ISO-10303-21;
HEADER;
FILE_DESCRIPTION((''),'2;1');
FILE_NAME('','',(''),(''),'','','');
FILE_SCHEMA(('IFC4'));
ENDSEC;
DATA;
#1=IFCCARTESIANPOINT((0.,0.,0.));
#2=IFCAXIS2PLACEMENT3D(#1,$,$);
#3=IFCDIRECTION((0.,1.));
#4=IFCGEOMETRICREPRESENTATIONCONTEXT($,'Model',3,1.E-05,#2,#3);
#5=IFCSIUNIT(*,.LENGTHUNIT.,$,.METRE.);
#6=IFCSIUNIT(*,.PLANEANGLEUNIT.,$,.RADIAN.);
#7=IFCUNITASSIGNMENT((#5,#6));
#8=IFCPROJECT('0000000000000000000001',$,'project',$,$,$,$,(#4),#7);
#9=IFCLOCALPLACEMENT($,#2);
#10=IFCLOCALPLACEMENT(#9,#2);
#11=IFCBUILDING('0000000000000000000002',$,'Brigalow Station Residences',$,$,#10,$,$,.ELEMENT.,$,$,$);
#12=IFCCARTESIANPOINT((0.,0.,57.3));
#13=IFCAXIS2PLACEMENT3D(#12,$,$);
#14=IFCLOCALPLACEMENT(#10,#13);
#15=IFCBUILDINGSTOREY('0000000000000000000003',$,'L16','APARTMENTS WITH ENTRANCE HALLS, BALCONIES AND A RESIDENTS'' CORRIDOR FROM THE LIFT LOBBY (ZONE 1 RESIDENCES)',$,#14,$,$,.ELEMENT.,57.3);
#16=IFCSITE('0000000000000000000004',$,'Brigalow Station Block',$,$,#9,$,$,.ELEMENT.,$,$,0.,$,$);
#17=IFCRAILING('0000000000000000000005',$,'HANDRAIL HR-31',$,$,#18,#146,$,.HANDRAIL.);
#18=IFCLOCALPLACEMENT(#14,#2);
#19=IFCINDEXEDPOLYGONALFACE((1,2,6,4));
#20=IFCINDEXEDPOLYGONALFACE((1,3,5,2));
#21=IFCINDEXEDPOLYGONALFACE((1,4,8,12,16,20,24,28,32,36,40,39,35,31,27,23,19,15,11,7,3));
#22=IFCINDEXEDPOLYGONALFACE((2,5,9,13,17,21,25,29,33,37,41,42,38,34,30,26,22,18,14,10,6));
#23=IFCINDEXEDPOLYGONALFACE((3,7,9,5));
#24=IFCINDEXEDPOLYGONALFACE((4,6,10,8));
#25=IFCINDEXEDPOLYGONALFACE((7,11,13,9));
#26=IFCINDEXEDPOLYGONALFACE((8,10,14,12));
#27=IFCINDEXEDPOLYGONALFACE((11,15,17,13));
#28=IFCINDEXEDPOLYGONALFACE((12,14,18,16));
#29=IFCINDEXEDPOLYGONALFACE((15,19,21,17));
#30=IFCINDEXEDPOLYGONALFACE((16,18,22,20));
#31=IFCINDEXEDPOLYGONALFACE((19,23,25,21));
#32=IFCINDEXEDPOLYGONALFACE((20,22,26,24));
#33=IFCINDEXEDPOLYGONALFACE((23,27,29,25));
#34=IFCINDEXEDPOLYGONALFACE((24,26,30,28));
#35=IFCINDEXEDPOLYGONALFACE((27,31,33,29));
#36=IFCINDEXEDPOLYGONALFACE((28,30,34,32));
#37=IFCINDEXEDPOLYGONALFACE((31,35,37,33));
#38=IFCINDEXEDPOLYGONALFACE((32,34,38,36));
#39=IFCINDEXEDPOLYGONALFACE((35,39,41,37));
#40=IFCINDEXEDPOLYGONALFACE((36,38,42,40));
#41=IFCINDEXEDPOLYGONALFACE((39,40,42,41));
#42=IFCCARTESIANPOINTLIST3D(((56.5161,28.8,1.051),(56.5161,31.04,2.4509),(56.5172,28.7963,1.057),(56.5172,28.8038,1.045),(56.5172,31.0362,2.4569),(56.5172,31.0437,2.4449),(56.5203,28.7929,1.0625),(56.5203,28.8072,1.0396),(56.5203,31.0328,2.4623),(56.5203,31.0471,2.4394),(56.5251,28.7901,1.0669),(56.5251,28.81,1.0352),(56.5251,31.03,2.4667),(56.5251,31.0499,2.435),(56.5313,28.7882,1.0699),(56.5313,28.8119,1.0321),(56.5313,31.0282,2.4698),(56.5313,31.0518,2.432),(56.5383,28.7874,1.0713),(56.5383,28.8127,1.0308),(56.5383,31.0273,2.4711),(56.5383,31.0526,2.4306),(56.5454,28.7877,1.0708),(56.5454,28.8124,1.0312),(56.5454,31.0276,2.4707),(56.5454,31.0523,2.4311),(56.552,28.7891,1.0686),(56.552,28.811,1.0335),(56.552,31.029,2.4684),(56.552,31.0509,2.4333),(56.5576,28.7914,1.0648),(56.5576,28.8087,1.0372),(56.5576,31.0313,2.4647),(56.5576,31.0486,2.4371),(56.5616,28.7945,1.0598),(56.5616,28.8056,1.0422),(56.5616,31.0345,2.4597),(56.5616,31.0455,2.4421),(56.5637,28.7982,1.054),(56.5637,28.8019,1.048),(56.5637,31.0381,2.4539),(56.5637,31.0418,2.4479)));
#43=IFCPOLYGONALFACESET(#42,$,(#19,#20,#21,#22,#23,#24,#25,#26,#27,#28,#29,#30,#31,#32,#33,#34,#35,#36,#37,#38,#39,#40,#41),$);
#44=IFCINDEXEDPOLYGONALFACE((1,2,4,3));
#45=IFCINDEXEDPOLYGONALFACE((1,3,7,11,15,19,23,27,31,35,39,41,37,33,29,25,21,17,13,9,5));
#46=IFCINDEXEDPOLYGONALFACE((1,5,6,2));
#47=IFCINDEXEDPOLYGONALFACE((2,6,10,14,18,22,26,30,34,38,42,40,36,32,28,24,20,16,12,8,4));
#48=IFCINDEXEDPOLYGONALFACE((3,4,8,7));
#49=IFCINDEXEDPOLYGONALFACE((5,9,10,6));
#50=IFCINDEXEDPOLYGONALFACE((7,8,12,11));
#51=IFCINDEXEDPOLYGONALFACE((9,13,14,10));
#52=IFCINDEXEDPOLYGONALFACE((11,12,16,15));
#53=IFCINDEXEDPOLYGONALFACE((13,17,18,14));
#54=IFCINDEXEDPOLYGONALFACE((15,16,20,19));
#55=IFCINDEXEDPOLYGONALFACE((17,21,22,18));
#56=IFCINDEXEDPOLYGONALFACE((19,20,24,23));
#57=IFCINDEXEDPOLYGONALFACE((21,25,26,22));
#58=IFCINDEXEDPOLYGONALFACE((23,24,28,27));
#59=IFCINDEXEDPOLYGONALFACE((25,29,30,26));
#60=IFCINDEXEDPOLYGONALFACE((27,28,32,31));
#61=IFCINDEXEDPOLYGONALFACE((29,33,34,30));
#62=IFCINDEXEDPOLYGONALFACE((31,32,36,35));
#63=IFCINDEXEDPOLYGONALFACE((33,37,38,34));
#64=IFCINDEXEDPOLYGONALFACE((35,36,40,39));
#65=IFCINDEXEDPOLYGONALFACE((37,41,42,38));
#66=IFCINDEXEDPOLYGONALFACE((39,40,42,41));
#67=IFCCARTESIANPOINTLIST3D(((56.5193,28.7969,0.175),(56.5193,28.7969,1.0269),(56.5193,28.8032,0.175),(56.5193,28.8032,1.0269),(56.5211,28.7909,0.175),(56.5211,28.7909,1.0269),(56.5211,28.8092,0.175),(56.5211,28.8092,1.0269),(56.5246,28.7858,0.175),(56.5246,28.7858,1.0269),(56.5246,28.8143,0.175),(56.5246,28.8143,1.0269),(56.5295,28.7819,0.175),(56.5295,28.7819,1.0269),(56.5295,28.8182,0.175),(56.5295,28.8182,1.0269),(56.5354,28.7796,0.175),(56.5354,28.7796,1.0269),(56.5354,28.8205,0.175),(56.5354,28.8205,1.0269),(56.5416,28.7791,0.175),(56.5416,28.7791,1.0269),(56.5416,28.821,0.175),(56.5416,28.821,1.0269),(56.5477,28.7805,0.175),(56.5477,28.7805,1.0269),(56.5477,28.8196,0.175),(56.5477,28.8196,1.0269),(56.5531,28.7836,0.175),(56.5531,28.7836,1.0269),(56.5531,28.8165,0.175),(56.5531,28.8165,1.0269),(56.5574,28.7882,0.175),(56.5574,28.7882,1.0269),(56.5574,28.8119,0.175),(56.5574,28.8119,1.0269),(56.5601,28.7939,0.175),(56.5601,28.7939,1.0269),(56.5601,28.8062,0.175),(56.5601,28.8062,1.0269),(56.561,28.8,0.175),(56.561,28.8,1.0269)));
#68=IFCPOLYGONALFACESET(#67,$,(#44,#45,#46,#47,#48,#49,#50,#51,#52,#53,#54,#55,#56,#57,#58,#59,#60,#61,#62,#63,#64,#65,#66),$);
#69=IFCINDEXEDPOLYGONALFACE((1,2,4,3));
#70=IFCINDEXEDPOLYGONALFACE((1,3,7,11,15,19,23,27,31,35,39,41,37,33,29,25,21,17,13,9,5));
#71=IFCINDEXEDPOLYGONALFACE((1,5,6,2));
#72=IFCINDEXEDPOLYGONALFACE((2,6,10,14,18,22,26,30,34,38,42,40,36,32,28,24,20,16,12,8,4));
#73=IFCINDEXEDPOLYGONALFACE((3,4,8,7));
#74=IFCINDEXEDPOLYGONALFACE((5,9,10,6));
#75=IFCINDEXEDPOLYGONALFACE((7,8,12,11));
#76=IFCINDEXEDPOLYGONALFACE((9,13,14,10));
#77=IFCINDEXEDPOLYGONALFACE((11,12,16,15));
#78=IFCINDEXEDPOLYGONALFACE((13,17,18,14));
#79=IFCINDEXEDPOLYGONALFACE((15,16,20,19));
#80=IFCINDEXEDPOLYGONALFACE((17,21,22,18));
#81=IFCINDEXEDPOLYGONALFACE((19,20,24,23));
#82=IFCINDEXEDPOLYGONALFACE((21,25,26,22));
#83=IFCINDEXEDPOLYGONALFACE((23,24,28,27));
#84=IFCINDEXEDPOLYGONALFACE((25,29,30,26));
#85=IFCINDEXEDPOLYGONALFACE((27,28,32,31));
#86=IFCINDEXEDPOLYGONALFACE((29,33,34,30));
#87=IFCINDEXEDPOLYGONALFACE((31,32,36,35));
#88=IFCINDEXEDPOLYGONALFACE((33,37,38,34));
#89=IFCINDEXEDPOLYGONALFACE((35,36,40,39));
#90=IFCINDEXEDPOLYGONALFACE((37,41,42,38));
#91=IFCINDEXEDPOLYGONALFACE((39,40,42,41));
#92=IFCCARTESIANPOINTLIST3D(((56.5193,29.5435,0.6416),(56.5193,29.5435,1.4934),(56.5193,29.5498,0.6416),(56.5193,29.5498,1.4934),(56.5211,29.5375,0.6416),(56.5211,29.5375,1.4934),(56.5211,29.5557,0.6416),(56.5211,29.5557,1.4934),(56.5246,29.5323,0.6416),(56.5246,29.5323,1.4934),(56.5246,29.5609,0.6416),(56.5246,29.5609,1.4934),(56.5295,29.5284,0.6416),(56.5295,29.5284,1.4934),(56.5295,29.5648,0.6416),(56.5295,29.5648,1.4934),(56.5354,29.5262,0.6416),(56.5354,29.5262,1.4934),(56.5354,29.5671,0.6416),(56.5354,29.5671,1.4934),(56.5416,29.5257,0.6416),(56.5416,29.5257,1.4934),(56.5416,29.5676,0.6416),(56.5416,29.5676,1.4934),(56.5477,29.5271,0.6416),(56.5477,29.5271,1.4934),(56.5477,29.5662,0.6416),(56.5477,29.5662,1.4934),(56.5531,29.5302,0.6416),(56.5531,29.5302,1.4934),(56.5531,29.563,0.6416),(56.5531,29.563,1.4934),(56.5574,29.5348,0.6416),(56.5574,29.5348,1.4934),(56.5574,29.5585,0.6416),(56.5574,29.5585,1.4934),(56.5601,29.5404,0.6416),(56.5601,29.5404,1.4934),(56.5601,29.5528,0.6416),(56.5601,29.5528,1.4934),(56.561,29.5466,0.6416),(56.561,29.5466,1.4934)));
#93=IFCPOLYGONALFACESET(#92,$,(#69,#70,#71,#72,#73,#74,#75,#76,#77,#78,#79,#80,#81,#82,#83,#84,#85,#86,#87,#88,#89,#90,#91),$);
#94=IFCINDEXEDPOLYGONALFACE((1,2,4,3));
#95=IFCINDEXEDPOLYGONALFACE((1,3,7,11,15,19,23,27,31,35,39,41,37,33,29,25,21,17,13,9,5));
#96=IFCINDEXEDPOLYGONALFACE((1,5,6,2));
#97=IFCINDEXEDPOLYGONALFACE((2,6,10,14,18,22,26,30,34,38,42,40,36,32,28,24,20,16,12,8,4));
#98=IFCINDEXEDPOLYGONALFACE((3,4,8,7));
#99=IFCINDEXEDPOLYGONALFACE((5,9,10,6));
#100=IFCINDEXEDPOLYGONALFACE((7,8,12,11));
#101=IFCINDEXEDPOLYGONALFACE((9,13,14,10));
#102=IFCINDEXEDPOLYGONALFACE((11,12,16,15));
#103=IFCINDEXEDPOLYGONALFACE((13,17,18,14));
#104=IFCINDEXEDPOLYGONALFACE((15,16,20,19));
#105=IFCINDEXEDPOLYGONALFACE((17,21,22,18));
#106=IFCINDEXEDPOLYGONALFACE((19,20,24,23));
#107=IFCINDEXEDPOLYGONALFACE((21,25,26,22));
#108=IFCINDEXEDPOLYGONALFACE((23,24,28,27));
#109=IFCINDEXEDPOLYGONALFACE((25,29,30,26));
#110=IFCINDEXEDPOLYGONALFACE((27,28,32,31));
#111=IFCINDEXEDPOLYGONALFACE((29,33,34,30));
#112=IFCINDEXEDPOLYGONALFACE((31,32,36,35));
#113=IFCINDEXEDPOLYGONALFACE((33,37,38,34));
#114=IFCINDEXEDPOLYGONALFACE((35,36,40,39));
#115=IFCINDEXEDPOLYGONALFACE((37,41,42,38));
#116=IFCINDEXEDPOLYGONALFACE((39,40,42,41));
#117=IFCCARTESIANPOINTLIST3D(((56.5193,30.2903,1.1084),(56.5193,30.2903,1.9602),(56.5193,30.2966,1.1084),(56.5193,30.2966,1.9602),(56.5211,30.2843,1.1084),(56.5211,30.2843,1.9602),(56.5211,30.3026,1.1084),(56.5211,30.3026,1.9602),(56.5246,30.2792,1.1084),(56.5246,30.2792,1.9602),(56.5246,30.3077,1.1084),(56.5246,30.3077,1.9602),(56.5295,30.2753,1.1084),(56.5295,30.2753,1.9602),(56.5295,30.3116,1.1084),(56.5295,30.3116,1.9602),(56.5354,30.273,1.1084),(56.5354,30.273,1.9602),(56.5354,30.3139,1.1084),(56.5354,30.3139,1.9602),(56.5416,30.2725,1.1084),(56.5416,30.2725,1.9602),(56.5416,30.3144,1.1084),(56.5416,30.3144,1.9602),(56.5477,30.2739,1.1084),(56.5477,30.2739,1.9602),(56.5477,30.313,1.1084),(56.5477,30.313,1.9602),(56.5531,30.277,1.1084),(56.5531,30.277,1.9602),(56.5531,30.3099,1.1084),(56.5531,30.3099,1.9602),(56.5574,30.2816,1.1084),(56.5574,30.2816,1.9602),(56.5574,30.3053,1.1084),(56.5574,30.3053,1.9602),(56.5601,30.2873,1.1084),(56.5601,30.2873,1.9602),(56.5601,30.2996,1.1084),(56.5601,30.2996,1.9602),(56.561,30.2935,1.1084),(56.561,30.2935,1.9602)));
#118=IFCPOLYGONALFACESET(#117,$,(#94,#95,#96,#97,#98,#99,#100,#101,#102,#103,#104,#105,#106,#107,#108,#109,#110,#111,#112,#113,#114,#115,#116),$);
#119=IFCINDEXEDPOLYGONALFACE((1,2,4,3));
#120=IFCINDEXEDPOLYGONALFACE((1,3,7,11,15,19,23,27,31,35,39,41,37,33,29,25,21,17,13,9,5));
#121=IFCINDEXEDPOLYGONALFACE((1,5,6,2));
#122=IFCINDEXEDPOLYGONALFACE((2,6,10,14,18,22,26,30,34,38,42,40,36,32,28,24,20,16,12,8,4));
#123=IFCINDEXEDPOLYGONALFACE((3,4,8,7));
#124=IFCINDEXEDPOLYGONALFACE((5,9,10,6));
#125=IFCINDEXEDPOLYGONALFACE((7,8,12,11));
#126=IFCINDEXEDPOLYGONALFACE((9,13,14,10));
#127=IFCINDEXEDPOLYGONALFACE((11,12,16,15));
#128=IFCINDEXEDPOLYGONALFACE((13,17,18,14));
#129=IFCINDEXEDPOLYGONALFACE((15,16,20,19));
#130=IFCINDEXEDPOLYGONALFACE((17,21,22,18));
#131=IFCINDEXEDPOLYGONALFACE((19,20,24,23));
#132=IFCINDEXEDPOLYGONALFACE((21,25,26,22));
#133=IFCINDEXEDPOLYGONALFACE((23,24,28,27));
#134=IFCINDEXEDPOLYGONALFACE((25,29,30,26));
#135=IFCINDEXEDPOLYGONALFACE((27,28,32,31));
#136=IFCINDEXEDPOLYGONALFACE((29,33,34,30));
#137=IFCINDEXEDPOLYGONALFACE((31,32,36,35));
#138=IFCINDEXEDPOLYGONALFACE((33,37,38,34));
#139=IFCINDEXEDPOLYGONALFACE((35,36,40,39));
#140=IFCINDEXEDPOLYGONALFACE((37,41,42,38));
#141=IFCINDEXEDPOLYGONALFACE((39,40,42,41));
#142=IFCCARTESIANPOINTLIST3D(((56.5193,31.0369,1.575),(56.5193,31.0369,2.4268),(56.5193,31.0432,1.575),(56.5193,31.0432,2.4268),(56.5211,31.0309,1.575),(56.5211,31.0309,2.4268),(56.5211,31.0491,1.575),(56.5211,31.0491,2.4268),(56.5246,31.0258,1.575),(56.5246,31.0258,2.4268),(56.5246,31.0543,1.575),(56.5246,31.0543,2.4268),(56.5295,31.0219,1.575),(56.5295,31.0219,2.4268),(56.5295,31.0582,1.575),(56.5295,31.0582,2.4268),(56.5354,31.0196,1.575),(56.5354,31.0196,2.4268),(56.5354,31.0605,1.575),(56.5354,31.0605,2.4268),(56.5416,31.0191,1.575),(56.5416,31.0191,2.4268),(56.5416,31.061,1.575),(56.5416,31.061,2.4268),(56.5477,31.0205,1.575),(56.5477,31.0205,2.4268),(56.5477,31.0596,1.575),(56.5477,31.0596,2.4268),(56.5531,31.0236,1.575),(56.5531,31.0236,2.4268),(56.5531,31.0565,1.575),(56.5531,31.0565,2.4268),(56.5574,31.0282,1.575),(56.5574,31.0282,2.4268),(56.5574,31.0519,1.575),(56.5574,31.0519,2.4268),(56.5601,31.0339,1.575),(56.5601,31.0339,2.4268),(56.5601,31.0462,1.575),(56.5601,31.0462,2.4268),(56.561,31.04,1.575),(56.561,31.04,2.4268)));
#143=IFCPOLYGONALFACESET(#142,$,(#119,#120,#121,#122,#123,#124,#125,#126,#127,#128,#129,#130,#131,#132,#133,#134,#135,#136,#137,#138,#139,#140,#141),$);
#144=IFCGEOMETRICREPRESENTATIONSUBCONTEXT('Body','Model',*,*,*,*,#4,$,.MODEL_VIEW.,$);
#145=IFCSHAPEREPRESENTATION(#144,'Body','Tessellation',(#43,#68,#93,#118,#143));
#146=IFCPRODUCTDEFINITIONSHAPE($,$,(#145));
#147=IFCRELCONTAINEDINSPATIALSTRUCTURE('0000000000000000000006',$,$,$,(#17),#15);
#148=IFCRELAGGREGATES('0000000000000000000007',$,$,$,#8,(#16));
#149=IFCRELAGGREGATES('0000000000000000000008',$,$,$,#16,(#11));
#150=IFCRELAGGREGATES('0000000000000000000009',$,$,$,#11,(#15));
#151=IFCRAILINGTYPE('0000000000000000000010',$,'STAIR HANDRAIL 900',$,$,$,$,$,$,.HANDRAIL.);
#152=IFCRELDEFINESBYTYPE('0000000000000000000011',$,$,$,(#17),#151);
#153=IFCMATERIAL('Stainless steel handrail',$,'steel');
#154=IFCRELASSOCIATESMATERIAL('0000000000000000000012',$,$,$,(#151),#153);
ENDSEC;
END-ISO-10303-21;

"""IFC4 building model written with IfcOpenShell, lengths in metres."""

from ifc_helpers import new_model, si_unit, direction, frame, origin, origin_2d, place, context, subcontext, project, spatial, circle, extrude, material, type_object, element, save


model = new_model("IFC4")

# Units and contexts
model_context = context("Model", 3, precision=1e-05, world=origin(), true_north=direction((0.0, 1.0)))
body_context = subcontext(model_context, "Body", "Model", "MODEL_VIEW")
ifc_project = project(units=[si_unit("LENGTHUNIT", "METRE"), si_unit("PLANEANGLEUNIT", "RADIAN")], contexts=[model_context])

# Site, building, storey
site_placement = place(None, origin())
site = spatial("IfcSite", under=ifc_project, at=site_placement, Name="Brigalow Station Block", CompositionType="ELEMENT", RefElevation=0.0)
building_placement = place(site_placement, origin())
building = spatial("IfcBuilding", under=site, at=building_placement, Name="Brigalow Station Residences", CompositionType="ELEMENT")
storey_placement = place(building_placement, frame((0.0, 0.0, 57.3)))
storey = spatial("IfcBuildingStorey", under=building, at=storey_placement, Name="L16", Description="APARTMENTS WITH ENTRANCE HALLS, BALCONIES AND A RESIDENTS' CORRIDOR FROM THE LIFT LOBBY (ZONE 1 RESIDENCES)", CompositionType="ELEMENT", Elevation=57.3)

# Railing
ifc_material_1 = material(Name="Stainless steel handrail", Category="steel")
railing_type = type_object("IfcRailingType", Name="STAIR HANDRAIL 900", PredefinedType="HANDRAIL", material=ifc_material_1)
railing_placement = place(storey_placement, frame((56.54, 28.8, 0.175)))
element("IfcRailing", 1, at=railing_placement, inside=storey, type_object=railing_type, Name="HANDRAIL HR-31", PredefinedType="HANDRAIL", context=body_context, shape_type="SweptSolid", body=[
    extrude(circle(Radius=0.0239, at=origin_2d()), frame((0.0, 0.0, 0.876), z_axis=(0.0, 0.848014, 0.529974), x_axis=(-1.0, 0.0, 0.0)), (0.0, 0.0, 1.0), 2.6414),
    extrude(circle(Radius=0.021, at=origin_2d()), origin(), (0.0, 0.0, 1.0), 0.8518),
    extrude(circle(Radius=0.021, at=origin_2d()), frame((0.0, 0.7466, 0.4666)), (0.0, 0.0, 1.0), 0.8518),
    extrude(circle(Radius=0.021, at=origin_2d()), frame((0.0, 1.4934, 0.9333)), (0.0, 0.0, 1.0), 0.8518),
    extrude(circle(Radius=0.021, at=origin_2d()), frame((0.0, 2.24, 1.3999)), (0.0, 0.0, 1.0), 0.8518),
])

save(model, "model.ifc")
